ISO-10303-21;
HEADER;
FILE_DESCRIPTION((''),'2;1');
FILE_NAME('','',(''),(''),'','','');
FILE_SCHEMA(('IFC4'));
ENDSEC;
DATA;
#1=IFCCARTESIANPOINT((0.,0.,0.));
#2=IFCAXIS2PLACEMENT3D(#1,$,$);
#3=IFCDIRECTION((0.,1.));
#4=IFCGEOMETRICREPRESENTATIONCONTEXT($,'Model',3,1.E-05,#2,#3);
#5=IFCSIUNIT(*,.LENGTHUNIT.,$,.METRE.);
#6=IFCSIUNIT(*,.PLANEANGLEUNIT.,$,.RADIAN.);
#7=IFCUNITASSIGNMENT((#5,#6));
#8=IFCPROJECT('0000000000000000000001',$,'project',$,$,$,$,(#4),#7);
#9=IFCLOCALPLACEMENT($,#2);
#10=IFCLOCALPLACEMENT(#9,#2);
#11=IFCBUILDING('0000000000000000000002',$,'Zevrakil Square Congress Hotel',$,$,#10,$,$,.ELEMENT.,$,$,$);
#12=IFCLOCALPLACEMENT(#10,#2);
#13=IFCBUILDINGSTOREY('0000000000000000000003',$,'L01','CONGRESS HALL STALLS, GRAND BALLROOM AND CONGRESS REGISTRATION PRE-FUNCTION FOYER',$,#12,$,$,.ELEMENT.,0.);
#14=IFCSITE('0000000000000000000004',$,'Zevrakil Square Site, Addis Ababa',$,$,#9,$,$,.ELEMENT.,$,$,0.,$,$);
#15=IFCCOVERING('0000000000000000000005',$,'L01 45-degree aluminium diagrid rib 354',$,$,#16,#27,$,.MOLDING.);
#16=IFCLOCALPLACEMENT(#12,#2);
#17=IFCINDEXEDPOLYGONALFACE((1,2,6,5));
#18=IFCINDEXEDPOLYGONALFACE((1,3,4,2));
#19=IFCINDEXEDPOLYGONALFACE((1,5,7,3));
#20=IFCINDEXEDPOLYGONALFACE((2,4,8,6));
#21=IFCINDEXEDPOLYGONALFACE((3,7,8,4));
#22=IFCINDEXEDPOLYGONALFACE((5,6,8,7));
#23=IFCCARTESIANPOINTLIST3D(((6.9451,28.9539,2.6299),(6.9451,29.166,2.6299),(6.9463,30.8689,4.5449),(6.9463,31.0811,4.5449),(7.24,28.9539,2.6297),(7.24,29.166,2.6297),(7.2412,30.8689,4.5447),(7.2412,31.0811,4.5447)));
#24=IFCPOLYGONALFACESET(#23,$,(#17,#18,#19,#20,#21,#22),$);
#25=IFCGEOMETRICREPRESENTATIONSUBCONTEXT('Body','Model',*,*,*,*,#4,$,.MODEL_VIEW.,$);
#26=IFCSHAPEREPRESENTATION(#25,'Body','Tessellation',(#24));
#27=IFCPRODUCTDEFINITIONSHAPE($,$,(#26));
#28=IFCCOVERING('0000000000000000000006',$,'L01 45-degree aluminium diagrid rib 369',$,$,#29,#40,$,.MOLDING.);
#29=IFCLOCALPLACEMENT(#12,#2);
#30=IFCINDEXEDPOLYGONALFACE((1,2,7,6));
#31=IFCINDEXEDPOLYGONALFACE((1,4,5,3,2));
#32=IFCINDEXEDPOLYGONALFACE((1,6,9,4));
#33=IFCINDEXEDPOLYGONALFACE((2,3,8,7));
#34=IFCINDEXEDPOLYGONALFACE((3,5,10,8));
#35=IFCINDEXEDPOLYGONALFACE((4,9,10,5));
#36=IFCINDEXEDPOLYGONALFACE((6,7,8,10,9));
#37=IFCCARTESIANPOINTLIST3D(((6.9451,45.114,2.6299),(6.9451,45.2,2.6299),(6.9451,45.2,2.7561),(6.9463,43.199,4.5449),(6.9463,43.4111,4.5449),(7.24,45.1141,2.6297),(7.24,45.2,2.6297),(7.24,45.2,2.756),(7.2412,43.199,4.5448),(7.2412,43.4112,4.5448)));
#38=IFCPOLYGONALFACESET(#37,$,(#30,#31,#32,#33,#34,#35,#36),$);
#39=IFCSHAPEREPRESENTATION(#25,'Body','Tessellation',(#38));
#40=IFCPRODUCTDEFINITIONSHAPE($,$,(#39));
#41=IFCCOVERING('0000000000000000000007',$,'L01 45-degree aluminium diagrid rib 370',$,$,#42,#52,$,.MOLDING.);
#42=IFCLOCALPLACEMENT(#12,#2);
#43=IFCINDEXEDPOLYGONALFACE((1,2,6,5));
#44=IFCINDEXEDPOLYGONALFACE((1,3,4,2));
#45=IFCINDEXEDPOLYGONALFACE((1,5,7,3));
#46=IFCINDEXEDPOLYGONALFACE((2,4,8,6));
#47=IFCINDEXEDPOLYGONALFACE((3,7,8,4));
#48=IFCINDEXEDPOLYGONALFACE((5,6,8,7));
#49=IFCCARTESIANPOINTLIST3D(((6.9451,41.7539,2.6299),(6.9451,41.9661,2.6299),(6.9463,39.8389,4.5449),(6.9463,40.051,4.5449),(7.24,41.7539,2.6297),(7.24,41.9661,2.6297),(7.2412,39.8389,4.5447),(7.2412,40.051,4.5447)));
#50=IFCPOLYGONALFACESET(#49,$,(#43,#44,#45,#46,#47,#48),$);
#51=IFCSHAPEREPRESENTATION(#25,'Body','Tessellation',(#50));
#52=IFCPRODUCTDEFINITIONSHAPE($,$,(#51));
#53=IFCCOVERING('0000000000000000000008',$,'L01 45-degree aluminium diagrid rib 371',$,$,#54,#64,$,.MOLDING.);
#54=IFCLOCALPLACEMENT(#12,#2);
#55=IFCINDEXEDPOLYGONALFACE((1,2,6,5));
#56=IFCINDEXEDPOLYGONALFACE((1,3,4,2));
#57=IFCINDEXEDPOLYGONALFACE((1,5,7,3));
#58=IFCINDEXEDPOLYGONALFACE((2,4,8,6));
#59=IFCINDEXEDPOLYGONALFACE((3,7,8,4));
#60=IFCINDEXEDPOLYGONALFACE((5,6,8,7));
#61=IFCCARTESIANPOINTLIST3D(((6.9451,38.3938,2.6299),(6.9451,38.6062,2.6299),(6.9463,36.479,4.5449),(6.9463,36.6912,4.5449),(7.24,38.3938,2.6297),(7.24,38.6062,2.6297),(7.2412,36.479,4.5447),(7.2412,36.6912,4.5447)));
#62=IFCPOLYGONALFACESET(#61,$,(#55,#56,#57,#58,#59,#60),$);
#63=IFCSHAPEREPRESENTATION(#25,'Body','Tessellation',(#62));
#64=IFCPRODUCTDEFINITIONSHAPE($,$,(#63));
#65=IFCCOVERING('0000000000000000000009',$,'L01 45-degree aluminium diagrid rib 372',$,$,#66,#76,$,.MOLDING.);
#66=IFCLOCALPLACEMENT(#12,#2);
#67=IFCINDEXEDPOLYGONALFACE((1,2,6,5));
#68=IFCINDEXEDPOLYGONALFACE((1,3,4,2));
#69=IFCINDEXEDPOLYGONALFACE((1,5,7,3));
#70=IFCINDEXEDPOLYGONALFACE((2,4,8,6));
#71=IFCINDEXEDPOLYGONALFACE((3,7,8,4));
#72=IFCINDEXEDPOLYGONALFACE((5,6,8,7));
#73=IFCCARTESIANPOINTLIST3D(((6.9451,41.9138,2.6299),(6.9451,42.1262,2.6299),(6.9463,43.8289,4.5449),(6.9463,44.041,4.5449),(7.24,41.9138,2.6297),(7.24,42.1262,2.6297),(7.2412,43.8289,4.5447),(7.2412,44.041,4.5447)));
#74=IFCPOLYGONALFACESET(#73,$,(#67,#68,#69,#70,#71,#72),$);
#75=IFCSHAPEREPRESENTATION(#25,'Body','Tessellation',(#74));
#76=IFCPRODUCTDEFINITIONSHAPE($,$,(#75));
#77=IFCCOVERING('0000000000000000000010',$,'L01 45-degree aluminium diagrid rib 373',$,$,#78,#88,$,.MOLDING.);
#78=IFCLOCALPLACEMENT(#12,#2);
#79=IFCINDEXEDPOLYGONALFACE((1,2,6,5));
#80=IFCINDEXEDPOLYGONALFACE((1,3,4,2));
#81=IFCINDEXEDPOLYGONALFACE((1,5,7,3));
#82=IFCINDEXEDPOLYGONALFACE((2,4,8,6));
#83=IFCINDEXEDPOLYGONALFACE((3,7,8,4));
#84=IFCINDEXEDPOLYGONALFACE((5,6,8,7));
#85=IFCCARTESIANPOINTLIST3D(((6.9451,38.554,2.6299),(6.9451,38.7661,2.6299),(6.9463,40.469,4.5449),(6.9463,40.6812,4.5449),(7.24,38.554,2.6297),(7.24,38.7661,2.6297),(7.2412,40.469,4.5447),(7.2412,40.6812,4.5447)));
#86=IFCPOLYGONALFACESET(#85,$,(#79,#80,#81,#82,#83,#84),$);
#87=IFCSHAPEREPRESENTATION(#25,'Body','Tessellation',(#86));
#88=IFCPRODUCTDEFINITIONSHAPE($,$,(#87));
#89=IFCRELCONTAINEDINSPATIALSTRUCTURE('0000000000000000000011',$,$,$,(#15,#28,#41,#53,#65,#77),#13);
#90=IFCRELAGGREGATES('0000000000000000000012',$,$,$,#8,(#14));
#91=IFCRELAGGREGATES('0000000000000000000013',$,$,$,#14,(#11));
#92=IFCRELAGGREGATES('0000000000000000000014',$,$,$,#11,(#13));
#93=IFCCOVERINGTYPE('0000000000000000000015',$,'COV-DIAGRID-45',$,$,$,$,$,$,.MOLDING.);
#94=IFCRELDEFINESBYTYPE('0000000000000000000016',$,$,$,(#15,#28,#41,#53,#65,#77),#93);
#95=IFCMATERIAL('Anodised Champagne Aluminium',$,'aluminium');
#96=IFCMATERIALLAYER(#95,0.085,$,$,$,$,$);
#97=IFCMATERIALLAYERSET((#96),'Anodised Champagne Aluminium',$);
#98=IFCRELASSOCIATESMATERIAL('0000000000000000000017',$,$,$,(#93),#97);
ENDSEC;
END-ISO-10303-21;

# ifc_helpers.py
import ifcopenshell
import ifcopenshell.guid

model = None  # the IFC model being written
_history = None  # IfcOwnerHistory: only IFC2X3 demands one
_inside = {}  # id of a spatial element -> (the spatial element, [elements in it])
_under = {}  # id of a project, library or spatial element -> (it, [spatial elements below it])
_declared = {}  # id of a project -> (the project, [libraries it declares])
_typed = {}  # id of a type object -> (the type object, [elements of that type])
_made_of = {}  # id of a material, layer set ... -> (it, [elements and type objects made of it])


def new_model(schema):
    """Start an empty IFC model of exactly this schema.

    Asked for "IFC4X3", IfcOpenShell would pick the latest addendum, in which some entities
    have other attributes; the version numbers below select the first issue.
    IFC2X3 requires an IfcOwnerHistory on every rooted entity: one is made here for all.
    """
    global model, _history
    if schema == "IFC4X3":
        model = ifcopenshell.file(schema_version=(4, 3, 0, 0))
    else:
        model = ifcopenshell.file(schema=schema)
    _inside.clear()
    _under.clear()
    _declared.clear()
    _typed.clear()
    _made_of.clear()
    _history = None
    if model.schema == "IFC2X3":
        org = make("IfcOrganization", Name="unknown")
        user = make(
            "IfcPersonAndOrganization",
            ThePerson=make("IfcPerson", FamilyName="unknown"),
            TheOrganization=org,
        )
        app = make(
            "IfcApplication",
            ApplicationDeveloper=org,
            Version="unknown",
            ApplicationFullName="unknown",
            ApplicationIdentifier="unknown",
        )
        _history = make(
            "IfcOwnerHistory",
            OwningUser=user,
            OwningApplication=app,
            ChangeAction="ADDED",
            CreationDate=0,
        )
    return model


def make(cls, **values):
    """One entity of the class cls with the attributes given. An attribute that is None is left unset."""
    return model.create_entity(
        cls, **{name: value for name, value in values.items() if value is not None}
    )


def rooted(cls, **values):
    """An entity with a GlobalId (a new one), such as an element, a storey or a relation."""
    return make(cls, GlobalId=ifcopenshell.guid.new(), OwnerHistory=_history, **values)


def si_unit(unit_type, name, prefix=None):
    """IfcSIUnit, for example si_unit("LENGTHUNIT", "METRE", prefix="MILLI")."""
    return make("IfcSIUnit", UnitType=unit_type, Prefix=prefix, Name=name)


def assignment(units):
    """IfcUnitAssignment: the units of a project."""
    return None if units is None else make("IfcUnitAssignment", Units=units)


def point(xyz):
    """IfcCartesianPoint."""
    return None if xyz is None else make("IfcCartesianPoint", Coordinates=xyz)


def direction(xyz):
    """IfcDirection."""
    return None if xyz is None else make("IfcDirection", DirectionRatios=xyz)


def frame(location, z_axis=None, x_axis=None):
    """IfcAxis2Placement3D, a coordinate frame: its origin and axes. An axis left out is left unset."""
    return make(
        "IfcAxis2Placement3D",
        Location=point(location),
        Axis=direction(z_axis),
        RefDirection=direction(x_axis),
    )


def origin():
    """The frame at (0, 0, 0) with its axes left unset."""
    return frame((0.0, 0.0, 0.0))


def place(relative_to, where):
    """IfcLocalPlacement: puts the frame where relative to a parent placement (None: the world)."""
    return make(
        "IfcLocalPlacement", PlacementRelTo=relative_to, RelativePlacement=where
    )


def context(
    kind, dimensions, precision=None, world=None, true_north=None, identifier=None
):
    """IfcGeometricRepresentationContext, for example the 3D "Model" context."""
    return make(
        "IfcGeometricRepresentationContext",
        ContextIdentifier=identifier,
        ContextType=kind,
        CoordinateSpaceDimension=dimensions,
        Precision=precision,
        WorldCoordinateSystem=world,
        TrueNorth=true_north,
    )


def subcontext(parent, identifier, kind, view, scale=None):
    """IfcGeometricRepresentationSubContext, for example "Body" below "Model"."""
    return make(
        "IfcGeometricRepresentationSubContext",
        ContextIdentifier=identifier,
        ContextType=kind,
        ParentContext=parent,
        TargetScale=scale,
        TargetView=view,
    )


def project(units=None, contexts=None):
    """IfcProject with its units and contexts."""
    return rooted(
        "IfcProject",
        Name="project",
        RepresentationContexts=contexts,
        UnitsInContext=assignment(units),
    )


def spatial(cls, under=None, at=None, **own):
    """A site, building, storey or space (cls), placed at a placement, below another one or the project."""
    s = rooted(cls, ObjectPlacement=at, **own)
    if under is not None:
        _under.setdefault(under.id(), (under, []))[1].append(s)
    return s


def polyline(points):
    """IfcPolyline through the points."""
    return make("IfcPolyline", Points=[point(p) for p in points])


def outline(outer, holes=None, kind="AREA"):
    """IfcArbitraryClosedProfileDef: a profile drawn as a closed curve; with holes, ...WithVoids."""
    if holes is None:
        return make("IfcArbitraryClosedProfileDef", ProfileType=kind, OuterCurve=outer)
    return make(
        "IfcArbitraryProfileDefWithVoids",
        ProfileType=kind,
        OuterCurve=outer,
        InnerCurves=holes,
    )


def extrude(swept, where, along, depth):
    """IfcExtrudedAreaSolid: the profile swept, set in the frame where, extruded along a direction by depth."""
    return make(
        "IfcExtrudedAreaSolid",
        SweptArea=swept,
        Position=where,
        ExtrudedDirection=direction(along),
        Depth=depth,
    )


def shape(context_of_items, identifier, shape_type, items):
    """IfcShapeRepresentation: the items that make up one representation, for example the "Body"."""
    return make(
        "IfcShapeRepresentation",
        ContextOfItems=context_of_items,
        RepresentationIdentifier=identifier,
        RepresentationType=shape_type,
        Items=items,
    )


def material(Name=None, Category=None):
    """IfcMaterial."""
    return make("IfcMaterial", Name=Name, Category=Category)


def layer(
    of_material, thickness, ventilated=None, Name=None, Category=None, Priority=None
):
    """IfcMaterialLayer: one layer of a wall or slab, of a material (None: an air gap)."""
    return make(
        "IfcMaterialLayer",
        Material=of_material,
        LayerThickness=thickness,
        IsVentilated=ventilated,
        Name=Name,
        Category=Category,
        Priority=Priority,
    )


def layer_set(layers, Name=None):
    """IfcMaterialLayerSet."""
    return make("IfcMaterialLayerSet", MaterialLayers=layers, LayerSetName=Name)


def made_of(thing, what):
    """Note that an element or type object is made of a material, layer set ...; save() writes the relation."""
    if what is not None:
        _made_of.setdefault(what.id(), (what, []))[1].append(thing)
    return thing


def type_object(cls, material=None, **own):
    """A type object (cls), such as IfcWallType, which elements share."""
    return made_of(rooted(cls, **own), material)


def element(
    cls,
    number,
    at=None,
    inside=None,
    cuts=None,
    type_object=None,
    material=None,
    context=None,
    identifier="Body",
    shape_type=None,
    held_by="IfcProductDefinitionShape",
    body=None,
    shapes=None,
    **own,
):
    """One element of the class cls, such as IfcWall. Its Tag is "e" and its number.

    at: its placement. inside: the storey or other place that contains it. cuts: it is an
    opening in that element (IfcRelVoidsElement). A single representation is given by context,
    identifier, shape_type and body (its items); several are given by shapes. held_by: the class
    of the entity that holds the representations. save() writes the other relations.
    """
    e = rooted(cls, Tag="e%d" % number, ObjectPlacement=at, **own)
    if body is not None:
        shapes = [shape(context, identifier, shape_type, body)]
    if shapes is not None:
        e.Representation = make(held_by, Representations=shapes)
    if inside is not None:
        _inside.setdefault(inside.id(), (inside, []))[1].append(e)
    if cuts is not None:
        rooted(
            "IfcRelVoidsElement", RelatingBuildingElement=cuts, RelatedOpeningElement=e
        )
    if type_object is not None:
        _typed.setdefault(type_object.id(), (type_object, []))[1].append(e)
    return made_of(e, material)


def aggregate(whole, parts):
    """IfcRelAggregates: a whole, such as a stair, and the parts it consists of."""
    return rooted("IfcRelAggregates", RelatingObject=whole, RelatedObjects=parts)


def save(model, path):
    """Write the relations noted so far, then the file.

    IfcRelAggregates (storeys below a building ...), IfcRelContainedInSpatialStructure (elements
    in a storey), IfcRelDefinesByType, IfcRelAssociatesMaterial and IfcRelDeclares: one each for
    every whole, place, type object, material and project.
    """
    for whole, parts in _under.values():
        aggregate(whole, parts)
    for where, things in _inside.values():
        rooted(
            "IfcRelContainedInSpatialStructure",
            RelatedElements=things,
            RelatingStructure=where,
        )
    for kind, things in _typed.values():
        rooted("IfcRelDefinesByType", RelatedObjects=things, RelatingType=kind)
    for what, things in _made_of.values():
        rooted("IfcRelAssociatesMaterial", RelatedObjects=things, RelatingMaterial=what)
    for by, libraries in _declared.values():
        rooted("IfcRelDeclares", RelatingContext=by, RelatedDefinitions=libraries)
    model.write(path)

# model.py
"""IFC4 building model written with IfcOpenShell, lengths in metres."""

from ifc_helpers import new_model, si_unit, direction, frame, origin, place, context, subcontext, project, spatial, polyline, outline, extrude, material, layer, layer_set, type_object, element, save


model = new_model("IFC4")

# Units and contexts
model_context = context("Model", 3, precision=1e-05, world=origin(), true_north=direction((0.0, 1.0)))
body_context = subcontext(model_context, "Body", "Model", "MODEL_VIEW")
ifc_project = project(units=[si_unit("LENGTHUNIT", "METRE"), si_unit("PLANEANGLEUNIT", "RADIAN")], contexts=[model_context])

# Site, building, storey
site_placement = place(None, origin())
site = spatial("IfcSite", under=ifc_project, at=site_placement, Name="Zevrakil Square Site, Addis Ababa", CompositionType="ELEMENT", RefElevation=0.0)
building_placement = place(site_placement, origin())
building = spatial("IfcBuilding", under=site, at=building_placement, Name="Zevrakil Square Congress Hotel", CompositionType="ELEMENT")
storey_placement = place(building_placement, origin())
storey = spatial("IfcBuildingStorey", under=building, at=storey_placement, Name="L01", Description="CONGRESS HALL STALLS, GRAND BALLROOM AND CONGRESS REGISTRATION PRE-FUNCTION FOYER", CompositionType="ELEMENT", Elevation=0.0)

# Coverings
ifc_material_1 = material(Name="Anodised Champagne Aluminium", Category="aluminium")
ifc_layer_1 = layer(ifc_material_1, 0.085)
ifc_layer_set_1 = layer_set([ifc_layer_1], Name="Anodised Champagne Aluminium")
covering_type_1 = type_object("IfcCoveringType", Name="COV-DIAGRID-45", PredefinedType="MOLDING", material=ifc_layer_set_1)
for number, where, z_axis, x_axis, name in (
    (1, (6.9463, 31.0811, 4.5449), (-1.0, 0.0, 0.000637), (0.0, -1.0, 0.0), "L01 45-degree aluminium diagrid rib 354"),
):
    element("IfcCovering", number, at=place(storey_placement, frame(where, z_axis=z_axis, x_axis=x_axis)), inside=storey, type_object=covering_type_1, Name=name, PredefinedType="MOLDING", context=body_context, shape_type="SweptSolid", body=[
        extrude(outline(polyline([(0.0, 0.0), (0.2122, 0.0), (2.1272, -1.915), (1.915, -1.915), (0.0, 0.0)])), origin(), (0.0, 0.0, -1.0), 0.2949),
    ])
covering_1_placement = place(storey_placement, frame((6.9451, 45.114, 2.6299), z_axis=(-1.0, -0.000193, 0.000457), x_axis=(-0.000193, 1.0, 0.0)))
element("IfcCovering", 2, at=covering_1_placement, inside=storey, type_object=covering_type_1, Name="L01 45-degree aluminium diagrid rib 369", PredefinedType="MOLDING", context=body_context, shape_type="SweptSolid", body=[
    extrude(outline(polyline([(0.0, 0.0), (0.0859, 0.0), (0.0859, -0.1262), (-1.7029, -1.915), (-1.915, -1.915), (0.0, 0.0)])), origin(), (0.0, 0.0, -1.0), 0.2949),
])
covering_2_placement = place(storey_placement, frame((6.9451, 41.7539, 2.6299), z_axis=(-1.0, 0.0, 0.000637), x_axis=(0.0, 1.0, 0.0)))
element("IfcCovering", 3, at=covering_2_placement, inside=storey, type_object=covering_type_1, Name="L01 45-degree aluminium diagrid rib 370", PredefinedType="MOLDING", context=body_context, shape_type="SweptSolid", body=[
    extrude(outline(polyline([(0.0, 0.0), (0.2122, 0.0), (-1.7029, -1.915), (-1.915, -1.915), (0.0, 0.0)])), origin(), (0.0, 0.0, -1.0), 0.2949),
])
covering_3_placement = place(storey_placement, frame((6.9451, 38.3938, 2.6299), z_axis=(-1.0, 0.0, 0.000637), x_axis=(0.0, 1.0, 0.0)))
element("IfcCovering", 4, at=covering_3_placement, inside=storey, type_object=covering_type_1, Name="L01 45-degree aluminium diagrid rib 371", PredefinedType="MOLDING", context=body_context, shape_type="SweptSolid", body=[
    extrude(outline(polyline([(0.0, 0.0), (0.2124, 0.0), (-1.7026, -1.915), (-1.9148, -1.915), (0.0, 0.0)])), origin(), (0.0, 0.0, -1.0), 0.2949),
])
covering_4_placement = place(storey_placement, frame((6.9463, 44.041, 4.5449), z_axis=(-1.0, 0.0, 0.000637), x_axis=(0.0, -1.0, 0.0)))
element("IfcCovering", 5, at=covering_4_placement, inside=storey, type_object=covering_type_1, Name="L01 45-degree aluminium diagrid rib 372", PredefinedType="MOLDING", context=body_context, shape_type="SweptSolid", body=[
    extrude(outline(polyline([(0.0, 0.0), (0.2122, 0.0), (2.1272, -1.915), (1.9148, -1.915), (0.0, 0.0)])), origin(), (0.0, 0.0, -1.0), 0.2949),
])
covering_5_placement = place(storey_placement, frame((6.9463, 40.6812, 4.5449), z_axis=(-1.0, 0.0, 0.000637), x_axis=(0.0, -1.0, 0.0)))
element("IfcCovering", 6, at=covering_5_placement, inside=storey, type_object=covering_type_1, Name="L01 45-degree aluminium diagrid rib 373", PredefinedType="MOLDING", context=body_context, shape_type="SweptSolid", body=[
    extrude(outline(polyline([(0.0, 0.0), (0.2122, 0.0), (2.1272, -1.915), (1.915, -1.915), (0.0, 0.0)])), origin(), (0.0, 0.0, -1.0), 0.2949),
])

save(model, "model.ifc")
